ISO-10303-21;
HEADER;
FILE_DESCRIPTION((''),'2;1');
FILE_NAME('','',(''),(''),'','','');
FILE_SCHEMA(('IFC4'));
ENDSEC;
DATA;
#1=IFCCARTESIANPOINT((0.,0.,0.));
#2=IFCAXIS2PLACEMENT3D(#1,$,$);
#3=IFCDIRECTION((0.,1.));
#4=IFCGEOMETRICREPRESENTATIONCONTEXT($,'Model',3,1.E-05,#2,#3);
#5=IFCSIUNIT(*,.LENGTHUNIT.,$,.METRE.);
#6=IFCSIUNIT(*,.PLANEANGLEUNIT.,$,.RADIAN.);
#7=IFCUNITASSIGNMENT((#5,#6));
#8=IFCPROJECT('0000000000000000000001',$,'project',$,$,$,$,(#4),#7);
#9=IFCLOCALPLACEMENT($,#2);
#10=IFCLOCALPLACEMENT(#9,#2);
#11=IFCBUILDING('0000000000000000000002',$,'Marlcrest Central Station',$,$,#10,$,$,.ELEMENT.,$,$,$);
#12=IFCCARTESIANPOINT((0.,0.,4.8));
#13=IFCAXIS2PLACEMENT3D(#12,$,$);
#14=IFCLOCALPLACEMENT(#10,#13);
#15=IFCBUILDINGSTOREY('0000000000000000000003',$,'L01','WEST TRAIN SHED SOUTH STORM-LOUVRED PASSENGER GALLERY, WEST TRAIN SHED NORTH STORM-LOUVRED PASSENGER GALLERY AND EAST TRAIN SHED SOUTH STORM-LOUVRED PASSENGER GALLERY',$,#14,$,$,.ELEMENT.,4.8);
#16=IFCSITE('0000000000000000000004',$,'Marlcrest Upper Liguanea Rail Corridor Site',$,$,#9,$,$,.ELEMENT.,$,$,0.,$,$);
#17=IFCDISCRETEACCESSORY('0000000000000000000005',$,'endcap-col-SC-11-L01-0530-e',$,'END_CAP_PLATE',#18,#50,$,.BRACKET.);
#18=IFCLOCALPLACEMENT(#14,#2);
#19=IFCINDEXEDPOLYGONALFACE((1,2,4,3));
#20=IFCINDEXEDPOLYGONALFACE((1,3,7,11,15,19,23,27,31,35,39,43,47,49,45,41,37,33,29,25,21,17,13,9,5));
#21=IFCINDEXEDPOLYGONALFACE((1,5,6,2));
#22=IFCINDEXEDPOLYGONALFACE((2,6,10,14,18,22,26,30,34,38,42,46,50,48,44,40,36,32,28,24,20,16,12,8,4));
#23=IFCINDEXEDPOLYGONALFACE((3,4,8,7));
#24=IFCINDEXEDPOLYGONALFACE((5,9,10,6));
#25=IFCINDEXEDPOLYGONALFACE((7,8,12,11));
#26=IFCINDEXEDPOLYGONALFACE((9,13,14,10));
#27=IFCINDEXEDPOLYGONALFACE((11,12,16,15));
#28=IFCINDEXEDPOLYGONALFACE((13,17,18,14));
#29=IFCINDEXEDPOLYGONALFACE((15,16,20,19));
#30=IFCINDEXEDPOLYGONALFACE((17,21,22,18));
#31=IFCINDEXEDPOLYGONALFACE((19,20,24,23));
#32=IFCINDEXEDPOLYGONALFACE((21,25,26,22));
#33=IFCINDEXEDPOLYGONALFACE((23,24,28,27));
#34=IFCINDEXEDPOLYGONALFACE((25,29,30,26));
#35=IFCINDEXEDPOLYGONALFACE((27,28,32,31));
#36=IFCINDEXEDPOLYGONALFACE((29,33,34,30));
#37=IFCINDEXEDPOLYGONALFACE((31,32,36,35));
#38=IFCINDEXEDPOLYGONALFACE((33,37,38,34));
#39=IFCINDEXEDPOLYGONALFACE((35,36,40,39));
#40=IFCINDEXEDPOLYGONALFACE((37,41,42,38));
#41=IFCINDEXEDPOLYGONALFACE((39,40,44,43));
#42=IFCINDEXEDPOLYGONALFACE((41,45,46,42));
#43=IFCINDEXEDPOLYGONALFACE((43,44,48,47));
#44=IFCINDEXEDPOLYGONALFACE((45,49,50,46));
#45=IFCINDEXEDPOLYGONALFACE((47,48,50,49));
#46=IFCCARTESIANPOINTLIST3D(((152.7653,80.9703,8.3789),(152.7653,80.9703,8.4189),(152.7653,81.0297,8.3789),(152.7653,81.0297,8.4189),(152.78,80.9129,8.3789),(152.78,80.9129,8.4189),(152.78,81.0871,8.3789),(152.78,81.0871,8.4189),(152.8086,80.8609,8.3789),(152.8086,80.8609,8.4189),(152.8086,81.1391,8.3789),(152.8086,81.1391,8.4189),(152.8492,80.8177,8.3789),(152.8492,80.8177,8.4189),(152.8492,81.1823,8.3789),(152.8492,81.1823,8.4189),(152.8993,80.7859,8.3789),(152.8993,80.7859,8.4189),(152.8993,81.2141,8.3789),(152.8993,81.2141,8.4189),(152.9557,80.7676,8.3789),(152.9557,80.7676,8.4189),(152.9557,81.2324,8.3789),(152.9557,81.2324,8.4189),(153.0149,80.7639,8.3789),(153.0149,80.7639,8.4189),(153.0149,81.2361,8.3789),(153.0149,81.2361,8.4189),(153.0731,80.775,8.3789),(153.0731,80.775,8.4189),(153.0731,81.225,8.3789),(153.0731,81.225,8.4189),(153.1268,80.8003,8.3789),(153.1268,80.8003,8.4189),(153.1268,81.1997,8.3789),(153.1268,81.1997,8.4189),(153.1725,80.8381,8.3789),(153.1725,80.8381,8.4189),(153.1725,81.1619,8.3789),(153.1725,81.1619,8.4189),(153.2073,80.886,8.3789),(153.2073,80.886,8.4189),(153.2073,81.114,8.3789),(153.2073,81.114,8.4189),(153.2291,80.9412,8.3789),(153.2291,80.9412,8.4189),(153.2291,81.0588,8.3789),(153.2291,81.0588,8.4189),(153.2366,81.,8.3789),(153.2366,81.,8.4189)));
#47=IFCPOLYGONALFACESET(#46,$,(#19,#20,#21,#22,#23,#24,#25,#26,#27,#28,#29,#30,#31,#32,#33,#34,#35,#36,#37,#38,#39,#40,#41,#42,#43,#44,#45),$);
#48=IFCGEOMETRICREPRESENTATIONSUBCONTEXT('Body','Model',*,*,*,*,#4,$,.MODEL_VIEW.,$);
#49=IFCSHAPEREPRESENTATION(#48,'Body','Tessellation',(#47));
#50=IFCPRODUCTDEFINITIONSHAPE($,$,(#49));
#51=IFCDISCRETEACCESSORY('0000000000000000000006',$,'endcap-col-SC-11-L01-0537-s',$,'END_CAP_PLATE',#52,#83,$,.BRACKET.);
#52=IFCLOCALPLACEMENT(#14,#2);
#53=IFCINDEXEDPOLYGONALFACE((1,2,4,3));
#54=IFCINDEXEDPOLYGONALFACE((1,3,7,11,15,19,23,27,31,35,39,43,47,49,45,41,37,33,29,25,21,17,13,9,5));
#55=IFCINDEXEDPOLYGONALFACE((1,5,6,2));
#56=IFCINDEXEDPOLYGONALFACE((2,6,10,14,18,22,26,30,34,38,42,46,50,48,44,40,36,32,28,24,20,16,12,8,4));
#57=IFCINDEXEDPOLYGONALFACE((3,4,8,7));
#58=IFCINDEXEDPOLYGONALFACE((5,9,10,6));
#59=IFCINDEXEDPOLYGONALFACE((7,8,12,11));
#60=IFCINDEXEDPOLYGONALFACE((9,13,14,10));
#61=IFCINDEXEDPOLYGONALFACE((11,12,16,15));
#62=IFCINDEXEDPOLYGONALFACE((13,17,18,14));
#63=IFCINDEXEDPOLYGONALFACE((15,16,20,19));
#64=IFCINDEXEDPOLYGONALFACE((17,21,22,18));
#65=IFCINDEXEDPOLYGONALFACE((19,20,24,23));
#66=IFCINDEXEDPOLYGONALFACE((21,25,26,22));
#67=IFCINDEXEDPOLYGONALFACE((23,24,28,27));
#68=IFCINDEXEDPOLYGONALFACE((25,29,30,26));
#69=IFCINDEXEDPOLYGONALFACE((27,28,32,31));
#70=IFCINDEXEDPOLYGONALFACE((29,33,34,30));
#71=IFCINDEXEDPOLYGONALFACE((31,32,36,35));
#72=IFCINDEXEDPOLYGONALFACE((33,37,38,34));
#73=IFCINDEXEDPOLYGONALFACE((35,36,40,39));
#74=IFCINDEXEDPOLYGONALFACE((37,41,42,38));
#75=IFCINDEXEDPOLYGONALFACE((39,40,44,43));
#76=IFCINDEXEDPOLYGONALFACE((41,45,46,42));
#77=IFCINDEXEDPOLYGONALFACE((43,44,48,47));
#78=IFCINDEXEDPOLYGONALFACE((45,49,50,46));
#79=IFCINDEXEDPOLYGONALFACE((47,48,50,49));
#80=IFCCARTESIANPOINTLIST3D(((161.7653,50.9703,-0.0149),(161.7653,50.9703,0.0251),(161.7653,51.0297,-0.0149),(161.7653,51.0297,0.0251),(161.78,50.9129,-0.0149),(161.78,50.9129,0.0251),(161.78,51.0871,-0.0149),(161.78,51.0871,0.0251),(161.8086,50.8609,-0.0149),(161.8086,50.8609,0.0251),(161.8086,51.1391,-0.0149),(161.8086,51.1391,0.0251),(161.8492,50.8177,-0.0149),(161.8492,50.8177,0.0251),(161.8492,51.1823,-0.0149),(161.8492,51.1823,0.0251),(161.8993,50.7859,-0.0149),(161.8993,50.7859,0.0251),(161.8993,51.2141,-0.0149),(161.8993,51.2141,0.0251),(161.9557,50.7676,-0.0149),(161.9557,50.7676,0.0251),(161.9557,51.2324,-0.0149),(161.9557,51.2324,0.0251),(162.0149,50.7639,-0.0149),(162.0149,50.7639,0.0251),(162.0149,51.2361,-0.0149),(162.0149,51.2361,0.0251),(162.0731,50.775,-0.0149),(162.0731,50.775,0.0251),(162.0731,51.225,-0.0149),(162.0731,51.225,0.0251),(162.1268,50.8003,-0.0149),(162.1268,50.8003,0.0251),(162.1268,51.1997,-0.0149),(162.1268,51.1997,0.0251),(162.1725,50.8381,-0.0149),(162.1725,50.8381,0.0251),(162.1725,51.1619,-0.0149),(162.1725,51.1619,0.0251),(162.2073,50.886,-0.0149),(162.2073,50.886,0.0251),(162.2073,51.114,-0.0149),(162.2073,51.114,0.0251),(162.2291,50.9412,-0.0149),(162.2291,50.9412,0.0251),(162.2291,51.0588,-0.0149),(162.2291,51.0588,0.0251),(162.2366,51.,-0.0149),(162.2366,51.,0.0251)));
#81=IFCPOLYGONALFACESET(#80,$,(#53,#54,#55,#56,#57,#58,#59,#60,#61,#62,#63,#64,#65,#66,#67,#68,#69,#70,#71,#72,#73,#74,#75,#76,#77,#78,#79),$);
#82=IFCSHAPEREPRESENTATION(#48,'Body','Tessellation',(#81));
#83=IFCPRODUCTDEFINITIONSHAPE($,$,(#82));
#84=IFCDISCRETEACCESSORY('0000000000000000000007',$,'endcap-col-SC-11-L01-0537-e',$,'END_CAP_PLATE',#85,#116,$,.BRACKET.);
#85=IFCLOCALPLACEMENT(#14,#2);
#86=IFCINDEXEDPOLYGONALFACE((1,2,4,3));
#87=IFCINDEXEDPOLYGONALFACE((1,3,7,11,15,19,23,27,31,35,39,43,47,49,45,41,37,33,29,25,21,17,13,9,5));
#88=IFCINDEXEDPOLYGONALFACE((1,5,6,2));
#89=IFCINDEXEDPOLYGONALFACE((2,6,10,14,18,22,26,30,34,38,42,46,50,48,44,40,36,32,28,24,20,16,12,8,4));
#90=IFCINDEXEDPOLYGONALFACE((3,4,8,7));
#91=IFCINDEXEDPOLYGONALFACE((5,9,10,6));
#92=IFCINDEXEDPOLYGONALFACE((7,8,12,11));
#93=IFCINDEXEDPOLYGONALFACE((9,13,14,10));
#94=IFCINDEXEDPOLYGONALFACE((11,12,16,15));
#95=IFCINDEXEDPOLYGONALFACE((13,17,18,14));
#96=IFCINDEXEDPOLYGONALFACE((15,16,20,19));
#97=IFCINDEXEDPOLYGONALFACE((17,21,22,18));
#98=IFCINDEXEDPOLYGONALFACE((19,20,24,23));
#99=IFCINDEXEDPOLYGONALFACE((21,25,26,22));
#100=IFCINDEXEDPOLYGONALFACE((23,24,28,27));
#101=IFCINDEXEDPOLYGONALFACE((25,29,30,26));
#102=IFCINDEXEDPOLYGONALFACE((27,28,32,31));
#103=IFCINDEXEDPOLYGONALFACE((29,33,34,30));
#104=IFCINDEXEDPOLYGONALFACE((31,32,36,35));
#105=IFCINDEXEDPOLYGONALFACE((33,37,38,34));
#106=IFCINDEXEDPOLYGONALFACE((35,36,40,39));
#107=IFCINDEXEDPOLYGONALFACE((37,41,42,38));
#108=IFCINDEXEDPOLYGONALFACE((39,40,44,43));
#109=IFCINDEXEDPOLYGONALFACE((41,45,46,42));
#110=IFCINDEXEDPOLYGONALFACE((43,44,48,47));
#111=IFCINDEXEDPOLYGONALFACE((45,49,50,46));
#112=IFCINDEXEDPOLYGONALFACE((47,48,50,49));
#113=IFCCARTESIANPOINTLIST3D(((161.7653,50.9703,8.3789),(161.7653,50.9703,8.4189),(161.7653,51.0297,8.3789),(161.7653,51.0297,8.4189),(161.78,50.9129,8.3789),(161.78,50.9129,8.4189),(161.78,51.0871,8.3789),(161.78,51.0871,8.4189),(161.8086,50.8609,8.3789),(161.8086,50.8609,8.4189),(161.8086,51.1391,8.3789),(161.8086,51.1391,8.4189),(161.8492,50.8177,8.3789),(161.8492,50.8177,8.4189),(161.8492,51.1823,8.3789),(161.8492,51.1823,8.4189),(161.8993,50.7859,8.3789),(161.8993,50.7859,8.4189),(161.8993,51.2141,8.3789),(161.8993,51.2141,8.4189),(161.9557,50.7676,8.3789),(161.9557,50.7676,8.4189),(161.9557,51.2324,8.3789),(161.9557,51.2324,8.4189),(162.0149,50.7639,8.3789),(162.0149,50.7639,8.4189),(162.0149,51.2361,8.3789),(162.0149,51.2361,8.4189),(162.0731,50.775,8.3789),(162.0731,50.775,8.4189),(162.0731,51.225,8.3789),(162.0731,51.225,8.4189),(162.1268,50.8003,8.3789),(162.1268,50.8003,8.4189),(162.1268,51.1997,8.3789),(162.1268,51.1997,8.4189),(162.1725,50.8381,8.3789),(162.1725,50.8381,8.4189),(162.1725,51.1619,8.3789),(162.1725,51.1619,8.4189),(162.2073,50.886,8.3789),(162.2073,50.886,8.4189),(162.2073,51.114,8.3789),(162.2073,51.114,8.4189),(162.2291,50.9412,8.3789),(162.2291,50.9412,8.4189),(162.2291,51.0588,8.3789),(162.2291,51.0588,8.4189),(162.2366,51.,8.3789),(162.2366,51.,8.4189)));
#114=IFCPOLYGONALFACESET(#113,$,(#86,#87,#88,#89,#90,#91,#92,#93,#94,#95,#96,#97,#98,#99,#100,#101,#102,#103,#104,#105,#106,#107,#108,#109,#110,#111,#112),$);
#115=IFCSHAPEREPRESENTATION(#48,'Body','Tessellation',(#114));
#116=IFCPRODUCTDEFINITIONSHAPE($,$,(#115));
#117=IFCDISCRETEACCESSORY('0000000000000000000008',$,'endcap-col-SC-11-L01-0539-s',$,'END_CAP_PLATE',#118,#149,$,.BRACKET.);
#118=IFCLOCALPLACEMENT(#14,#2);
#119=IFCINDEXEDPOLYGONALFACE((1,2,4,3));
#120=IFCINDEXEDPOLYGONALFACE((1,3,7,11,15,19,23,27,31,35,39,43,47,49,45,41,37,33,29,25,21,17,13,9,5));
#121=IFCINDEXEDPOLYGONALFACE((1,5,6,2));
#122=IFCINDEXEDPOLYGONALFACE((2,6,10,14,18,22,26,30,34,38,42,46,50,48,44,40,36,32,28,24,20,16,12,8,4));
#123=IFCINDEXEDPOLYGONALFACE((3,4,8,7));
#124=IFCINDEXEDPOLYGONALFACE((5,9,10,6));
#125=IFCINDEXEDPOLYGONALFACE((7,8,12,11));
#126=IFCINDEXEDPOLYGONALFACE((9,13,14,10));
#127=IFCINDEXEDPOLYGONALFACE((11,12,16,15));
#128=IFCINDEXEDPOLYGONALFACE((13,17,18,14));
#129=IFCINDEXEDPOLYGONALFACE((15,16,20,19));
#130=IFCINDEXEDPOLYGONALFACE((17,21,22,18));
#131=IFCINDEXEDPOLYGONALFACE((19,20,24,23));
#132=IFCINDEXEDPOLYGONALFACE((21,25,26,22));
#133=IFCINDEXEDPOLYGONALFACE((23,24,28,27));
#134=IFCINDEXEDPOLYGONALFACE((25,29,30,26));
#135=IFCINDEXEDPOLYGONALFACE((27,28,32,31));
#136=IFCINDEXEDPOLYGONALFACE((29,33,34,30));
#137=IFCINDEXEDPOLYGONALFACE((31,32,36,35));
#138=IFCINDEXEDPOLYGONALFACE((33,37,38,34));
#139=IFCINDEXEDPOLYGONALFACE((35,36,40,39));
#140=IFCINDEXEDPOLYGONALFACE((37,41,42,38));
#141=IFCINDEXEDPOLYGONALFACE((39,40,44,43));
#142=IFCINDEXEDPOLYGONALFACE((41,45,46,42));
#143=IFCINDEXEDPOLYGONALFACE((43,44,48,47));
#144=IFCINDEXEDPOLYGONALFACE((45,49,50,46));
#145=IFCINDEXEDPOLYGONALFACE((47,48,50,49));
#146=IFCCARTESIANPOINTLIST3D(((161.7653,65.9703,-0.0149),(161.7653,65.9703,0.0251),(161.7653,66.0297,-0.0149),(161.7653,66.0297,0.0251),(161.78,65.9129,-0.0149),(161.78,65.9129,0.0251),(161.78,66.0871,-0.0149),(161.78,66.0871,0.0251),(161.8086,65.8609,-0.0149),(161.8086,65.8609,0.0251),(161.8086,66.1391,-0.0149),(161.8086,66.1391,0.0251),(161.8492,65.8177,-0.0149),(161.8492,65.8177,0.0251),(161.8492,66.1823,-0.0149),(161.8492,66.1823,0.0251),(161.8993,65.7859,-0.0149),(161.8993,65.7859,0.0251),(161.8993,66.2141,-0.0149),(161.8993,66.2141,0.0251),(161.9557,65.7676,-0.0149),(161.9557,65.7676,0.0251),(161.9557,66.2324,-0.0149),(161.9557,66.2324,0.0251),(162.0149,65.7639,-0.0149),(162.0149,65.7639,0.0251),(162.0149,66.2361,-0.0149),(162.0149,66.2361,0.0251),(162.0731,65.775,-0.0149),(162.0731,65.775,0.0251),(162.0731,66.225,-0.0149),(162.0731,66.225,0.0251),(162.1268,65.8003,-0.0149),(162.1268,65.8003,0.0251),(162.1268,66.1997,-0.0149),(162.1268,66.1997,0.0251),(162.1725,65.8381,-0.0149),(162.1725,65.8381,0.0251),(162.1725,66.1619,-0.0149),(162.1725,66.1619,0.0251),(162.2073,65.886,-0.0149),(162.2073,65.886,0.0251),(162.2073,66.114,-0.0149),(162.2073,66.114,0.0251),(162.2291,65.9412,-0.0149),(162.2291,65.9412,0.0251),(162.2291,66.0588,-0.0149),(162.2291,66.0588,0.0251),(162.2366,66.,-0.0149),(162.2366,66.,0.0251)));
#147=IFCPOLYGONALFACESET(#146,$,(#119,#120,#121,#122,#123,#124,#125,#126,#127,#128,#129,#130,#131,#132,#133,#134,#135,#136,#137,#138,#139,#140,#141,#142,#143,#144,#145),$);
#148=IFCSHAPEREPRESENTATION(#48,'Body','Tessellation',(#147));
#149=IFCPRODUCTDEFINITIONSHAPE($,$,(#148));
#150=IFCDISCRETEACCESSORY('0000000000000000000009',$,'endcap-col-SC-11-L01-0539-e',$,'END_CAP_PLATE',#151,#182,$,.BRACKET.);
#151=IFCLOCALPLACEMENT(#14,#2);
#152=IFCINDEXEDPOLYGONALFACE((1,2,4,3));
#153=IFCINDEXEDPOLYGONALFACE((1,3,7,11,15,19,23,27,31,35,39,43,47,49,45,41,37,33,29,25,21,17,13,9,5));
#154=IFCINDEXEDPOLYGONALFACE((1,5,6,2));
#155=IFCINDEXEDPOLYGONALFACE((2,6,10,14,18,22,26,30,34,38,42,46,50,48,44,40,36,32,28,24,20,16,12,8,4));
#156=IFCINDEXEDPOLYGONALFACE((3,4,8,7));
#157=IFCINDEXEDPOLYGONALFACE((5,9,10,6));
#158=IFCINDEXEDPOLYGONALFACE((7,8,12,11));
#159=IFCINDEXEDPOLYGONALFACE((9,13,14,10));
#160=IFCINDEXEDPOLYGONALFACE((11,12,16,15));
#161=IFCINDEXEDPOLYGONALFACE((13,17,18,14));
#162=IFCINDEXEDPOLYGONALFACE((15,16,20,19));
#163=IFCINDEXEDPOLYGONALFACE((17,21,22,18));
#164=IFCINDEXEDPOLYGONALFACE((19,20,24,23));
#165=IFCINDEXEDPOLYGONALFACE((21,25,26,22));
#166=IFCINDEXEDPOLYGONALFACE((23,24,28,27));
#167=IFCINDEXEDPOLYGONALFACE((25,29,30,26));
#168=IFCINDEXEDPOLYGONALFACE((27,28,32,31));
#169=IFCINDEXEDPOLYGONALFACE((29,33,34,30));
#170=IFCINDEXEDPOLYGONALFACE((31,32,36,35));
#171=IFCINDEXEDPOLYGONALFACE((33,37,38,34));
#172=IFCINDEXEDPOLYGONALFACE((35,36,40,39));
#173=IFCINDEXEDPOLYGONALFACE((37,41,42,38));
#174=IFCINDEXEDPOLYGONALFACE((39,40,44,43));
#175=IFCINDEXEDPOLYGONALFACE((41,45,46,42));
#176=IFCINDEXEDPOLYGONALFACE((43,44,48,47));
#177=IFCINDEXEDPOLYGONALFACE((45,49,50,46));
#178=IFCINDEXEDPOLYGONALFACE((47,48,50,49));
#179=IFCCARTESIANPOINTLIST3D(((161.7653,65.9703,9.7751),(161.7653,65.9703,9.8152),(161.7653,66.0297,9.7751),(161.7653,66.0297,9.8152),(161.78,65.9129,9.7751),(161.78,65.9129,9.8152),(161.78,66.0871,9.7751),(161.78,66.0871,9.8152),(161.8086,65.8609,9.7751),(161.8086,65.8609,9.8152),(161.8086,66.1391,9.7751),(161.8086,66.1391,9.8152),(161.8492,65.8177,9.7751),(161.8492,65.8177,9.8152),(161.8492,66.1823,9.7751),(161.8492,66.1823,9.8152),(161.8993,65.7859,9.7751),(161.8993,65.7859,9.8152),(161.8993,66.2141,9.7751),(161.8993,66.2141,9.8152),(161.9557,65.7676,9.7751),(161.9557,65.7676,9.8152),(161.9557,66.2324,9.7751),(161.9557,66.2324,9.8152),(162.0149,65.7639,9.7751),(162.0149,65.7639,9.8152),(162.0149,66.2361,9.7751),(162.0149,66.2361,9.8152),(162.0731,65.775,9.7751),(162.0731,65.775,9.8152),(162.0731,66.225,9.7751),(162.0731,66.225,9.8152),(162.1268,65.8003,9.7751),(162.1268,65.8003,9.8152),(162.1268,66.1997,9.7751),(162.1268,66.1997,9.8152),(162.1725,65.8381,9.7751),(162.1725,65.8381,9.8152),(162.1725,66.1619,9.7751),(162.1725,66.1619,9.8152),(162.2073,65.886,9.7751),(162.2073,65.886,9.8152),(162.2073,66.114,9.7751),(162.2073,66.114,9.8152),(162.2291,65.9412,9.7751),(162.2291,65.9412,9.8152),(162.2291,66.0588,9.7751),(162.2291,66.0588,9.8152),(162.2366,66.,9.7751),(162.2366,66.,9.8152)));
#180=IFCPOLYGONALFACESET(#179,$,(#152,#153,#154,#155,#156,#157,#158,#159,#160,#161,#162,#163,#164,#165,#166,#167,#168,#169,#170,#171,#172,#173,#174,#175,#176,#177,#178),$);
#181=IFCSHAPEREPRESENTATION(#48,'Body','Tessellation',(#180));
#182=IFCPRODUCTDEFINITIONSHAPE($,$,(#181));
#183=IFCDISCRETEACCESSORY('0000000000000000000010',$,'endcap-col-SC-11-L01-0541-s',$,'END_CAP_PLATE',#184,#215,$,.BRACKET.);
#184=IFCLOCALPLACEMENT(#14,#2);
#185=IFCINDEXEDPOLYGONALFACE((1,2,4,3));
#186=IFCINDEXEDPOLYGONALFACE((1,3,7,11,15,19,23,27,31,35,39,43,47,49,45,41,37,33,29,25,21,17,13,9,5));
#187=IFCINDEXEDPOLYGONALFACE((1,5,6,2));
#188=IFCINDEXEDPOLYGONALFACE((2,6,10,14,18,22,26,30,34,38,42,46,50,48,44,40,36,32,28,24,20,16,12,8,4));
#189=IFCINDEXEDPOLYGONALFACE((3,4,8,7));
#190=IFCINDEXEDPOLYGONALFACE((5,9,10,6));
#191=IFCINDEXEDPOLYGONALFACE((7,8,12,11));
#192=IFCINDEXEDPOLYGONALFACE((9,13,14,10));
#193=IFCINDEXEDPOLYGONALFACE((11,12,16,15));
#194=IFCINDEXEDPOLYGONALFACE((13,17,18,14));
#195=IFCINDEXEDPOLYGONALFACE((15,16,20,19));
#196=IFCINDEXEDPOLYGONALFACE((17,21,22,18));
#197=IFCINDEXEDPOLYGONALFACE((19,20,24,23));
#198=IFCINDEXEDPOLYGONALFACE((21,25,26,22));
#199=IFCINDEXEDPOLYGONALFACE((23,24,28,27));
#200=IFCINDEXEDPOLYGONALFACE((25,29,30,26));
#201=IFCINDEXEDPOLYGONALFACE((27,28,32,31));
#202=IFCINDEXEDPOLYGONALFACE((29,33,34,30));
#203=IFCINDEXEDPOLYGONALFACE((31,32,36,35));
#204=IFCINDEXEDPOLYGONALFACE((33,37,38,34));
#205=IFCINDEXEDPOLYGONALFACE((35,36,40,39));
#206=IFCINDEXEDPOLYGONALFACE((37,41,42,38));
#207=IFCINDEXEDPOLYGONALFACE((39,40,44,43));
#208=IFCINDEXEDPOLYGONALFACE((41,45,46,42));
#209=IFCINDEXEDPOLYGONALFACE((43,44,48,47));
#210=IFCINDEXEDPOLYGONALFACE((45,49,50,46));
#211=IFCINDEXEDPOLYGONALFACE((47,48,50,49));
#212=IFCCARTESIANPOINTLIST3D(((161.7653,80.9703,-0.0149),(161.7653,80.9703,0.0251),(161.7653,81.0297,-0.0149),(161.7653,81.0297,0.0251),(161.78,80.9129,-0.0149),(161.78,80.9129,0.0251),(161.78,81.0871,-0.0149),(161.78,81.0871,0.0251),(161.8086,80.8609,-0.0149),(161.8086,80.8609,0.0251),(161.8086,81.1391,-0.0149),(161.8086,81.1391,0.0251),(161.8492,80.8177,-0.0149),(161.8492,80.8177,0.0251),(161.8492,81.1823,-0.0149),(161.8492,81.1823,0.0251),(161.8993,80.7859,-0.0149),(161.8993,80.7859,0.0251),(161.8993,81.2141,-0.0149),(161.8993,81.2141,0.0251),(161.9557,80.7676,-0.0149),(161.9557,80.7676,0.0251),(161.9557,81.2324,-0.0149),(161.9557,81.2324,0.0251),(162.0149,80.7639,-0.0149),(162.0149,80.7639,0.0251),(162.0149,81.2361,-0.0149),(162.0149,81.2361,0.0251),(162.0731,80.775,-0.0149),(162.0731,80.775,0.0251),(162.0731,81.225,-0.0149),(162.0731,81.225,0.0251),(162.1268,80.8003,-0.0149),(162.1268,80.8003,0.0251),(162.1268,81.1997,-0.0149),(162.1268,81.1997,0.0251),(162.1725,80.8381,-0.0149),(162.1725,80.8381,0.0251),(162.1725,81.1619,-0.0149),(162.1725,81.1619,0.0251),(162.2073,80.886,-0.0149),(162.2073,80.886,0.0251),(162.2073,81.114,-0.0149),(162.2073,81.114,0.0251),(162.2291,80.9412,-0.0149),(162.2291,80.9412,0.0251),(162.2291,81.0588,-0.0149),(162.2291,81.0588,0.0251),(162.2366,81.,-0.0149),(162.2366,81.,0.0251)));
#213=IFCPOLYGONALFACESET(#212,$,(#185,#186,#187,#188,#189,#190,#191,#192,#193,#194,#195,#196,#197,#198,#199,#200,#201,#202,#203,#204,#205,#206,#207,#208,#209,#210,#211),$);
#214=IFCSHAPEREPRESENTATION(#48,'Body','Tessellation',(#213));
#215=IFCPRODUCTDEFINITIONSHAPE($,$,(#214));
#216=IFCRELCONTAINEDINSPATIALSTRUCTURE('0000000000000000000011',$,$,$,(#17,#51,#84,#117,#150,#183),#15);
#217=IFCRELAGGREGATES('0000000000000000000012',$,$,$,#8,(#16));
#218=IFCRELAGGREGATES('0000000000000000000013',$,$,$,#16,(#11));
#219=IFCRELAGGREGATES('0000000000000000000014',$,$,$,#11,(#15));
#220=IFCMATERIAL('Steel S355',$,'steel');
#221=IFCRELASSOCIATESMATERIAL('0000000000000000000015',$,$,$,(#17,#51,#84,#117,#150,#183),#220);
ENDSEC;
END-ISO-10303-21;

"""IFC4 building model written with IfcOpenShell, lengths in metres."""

from ifc_helpers import new_model, si_unit, direction, frame, origin, origin_2d, place, context, subcontext, project, spatial, circle, extrude, material, element, save


model = new_model("IFC4")

# Units and contexts
model_context = context("Model", 3, precision=1e-05, world=origin(), true_north=direction((0.0, 1.0)))
body_context = subcontext(model_context, "Body", "Model", "MODEL_VIEW")
ifc_project = project(units=[si_unit("LENGTHUNIT", "METRE"), si_unit("PLANEANGLEUNIT", "RADIAN")], contexts=[model_context])

# Site, building, storey
site_placement = place(None, origin())
site = spatial("IfcSite", under=ifc_project, at=site_placement, Name="Marlcrest Upper Liguanea Rail Corridor Site", CompositionType="ELEMENT", RefElevation=0.0)
building_placement = place(site_placement, origin())
building = spatial("IfcBuilding", under=site, at=building_placement, Name="Marlcrest Central Station", CompositionType="ELEMENT")
storey_placement = place(building_placement, frame((0.0, 0.0, 4.8)))
storey = spatial("IfcBuildingStorey", under=building, at=storey_placement, Name="L01", Description="WEST TRAIN SHED SOUTH STORM-LOUVRED PASSENGER GALLERY, WEST TRAIN SHED NORTH STORM-LOUVRED PASSENGER GALLERY AND EAST TRAIN SHED SOUTH STORM-LOUVRED PASSENGER GALLERY", CompositionType="ELEMENT", Elevation=4.8)

# Shared definitions
ifc_material = material(Name="Steel S355", Category="steel")

# Discrete accessories
for number, where, z_axis, x_axis, name in (
    (1, (153.0, 81.0, 8.3789), (0.0, 0.0, 1.0), (1.0, 0.0, 0.0), "endcap-col-SC-11-L01-0530-e"),
    (2, (162.0, 51.0, -0.0149), (0.0, 0.0, 1.0), (1.0, 0.0, 0.0), "endcap-col-SC-11-L01-0537-s"),
    (3, (162.0, 51.0, 8.3789), (0.0, 0.0, 1.0), (1.0, 0.0, 0.0), "endcap-col-SC-11-L01-0537-e"),
    (4, (162.0, 66.0, -0.0149), (0.0, 0.0, 1.0), (1.0, 0.0, 0.0), "endcap-col-SC-11-L01-0539-s"),
    (5, (162.0, 66.0, 9.7751), (0.0, 0.0, 1.0), (1.0, 0.0, 0.0), "endcap-col-SC-11-L01-0539-e"),
    (6, (162.0, 81.0, -0.0149), (0.0, 0.0, 1.0), (1.0, 0.0, 0.0), "endcap-col-SC-11-L01-0541-s"),
):
    element("IfcDiscreteAccessory", number, at=place(storey_placement, frame(where, z_axis=z_axis, x_axis=x_axis)), inside=storey, material=ifc_material, Name=name, ObjectType="END_CAP_PLATE", PredefinedType="BRACKET", context=body_context, shape_type="SweptSolid", body=[
        extrude(circle(Radius=0.2366, at=origin_2d()), origin(), (0.0, 0.0, 1.0), 0.04),
    ])

save(model, "model.ifc")
